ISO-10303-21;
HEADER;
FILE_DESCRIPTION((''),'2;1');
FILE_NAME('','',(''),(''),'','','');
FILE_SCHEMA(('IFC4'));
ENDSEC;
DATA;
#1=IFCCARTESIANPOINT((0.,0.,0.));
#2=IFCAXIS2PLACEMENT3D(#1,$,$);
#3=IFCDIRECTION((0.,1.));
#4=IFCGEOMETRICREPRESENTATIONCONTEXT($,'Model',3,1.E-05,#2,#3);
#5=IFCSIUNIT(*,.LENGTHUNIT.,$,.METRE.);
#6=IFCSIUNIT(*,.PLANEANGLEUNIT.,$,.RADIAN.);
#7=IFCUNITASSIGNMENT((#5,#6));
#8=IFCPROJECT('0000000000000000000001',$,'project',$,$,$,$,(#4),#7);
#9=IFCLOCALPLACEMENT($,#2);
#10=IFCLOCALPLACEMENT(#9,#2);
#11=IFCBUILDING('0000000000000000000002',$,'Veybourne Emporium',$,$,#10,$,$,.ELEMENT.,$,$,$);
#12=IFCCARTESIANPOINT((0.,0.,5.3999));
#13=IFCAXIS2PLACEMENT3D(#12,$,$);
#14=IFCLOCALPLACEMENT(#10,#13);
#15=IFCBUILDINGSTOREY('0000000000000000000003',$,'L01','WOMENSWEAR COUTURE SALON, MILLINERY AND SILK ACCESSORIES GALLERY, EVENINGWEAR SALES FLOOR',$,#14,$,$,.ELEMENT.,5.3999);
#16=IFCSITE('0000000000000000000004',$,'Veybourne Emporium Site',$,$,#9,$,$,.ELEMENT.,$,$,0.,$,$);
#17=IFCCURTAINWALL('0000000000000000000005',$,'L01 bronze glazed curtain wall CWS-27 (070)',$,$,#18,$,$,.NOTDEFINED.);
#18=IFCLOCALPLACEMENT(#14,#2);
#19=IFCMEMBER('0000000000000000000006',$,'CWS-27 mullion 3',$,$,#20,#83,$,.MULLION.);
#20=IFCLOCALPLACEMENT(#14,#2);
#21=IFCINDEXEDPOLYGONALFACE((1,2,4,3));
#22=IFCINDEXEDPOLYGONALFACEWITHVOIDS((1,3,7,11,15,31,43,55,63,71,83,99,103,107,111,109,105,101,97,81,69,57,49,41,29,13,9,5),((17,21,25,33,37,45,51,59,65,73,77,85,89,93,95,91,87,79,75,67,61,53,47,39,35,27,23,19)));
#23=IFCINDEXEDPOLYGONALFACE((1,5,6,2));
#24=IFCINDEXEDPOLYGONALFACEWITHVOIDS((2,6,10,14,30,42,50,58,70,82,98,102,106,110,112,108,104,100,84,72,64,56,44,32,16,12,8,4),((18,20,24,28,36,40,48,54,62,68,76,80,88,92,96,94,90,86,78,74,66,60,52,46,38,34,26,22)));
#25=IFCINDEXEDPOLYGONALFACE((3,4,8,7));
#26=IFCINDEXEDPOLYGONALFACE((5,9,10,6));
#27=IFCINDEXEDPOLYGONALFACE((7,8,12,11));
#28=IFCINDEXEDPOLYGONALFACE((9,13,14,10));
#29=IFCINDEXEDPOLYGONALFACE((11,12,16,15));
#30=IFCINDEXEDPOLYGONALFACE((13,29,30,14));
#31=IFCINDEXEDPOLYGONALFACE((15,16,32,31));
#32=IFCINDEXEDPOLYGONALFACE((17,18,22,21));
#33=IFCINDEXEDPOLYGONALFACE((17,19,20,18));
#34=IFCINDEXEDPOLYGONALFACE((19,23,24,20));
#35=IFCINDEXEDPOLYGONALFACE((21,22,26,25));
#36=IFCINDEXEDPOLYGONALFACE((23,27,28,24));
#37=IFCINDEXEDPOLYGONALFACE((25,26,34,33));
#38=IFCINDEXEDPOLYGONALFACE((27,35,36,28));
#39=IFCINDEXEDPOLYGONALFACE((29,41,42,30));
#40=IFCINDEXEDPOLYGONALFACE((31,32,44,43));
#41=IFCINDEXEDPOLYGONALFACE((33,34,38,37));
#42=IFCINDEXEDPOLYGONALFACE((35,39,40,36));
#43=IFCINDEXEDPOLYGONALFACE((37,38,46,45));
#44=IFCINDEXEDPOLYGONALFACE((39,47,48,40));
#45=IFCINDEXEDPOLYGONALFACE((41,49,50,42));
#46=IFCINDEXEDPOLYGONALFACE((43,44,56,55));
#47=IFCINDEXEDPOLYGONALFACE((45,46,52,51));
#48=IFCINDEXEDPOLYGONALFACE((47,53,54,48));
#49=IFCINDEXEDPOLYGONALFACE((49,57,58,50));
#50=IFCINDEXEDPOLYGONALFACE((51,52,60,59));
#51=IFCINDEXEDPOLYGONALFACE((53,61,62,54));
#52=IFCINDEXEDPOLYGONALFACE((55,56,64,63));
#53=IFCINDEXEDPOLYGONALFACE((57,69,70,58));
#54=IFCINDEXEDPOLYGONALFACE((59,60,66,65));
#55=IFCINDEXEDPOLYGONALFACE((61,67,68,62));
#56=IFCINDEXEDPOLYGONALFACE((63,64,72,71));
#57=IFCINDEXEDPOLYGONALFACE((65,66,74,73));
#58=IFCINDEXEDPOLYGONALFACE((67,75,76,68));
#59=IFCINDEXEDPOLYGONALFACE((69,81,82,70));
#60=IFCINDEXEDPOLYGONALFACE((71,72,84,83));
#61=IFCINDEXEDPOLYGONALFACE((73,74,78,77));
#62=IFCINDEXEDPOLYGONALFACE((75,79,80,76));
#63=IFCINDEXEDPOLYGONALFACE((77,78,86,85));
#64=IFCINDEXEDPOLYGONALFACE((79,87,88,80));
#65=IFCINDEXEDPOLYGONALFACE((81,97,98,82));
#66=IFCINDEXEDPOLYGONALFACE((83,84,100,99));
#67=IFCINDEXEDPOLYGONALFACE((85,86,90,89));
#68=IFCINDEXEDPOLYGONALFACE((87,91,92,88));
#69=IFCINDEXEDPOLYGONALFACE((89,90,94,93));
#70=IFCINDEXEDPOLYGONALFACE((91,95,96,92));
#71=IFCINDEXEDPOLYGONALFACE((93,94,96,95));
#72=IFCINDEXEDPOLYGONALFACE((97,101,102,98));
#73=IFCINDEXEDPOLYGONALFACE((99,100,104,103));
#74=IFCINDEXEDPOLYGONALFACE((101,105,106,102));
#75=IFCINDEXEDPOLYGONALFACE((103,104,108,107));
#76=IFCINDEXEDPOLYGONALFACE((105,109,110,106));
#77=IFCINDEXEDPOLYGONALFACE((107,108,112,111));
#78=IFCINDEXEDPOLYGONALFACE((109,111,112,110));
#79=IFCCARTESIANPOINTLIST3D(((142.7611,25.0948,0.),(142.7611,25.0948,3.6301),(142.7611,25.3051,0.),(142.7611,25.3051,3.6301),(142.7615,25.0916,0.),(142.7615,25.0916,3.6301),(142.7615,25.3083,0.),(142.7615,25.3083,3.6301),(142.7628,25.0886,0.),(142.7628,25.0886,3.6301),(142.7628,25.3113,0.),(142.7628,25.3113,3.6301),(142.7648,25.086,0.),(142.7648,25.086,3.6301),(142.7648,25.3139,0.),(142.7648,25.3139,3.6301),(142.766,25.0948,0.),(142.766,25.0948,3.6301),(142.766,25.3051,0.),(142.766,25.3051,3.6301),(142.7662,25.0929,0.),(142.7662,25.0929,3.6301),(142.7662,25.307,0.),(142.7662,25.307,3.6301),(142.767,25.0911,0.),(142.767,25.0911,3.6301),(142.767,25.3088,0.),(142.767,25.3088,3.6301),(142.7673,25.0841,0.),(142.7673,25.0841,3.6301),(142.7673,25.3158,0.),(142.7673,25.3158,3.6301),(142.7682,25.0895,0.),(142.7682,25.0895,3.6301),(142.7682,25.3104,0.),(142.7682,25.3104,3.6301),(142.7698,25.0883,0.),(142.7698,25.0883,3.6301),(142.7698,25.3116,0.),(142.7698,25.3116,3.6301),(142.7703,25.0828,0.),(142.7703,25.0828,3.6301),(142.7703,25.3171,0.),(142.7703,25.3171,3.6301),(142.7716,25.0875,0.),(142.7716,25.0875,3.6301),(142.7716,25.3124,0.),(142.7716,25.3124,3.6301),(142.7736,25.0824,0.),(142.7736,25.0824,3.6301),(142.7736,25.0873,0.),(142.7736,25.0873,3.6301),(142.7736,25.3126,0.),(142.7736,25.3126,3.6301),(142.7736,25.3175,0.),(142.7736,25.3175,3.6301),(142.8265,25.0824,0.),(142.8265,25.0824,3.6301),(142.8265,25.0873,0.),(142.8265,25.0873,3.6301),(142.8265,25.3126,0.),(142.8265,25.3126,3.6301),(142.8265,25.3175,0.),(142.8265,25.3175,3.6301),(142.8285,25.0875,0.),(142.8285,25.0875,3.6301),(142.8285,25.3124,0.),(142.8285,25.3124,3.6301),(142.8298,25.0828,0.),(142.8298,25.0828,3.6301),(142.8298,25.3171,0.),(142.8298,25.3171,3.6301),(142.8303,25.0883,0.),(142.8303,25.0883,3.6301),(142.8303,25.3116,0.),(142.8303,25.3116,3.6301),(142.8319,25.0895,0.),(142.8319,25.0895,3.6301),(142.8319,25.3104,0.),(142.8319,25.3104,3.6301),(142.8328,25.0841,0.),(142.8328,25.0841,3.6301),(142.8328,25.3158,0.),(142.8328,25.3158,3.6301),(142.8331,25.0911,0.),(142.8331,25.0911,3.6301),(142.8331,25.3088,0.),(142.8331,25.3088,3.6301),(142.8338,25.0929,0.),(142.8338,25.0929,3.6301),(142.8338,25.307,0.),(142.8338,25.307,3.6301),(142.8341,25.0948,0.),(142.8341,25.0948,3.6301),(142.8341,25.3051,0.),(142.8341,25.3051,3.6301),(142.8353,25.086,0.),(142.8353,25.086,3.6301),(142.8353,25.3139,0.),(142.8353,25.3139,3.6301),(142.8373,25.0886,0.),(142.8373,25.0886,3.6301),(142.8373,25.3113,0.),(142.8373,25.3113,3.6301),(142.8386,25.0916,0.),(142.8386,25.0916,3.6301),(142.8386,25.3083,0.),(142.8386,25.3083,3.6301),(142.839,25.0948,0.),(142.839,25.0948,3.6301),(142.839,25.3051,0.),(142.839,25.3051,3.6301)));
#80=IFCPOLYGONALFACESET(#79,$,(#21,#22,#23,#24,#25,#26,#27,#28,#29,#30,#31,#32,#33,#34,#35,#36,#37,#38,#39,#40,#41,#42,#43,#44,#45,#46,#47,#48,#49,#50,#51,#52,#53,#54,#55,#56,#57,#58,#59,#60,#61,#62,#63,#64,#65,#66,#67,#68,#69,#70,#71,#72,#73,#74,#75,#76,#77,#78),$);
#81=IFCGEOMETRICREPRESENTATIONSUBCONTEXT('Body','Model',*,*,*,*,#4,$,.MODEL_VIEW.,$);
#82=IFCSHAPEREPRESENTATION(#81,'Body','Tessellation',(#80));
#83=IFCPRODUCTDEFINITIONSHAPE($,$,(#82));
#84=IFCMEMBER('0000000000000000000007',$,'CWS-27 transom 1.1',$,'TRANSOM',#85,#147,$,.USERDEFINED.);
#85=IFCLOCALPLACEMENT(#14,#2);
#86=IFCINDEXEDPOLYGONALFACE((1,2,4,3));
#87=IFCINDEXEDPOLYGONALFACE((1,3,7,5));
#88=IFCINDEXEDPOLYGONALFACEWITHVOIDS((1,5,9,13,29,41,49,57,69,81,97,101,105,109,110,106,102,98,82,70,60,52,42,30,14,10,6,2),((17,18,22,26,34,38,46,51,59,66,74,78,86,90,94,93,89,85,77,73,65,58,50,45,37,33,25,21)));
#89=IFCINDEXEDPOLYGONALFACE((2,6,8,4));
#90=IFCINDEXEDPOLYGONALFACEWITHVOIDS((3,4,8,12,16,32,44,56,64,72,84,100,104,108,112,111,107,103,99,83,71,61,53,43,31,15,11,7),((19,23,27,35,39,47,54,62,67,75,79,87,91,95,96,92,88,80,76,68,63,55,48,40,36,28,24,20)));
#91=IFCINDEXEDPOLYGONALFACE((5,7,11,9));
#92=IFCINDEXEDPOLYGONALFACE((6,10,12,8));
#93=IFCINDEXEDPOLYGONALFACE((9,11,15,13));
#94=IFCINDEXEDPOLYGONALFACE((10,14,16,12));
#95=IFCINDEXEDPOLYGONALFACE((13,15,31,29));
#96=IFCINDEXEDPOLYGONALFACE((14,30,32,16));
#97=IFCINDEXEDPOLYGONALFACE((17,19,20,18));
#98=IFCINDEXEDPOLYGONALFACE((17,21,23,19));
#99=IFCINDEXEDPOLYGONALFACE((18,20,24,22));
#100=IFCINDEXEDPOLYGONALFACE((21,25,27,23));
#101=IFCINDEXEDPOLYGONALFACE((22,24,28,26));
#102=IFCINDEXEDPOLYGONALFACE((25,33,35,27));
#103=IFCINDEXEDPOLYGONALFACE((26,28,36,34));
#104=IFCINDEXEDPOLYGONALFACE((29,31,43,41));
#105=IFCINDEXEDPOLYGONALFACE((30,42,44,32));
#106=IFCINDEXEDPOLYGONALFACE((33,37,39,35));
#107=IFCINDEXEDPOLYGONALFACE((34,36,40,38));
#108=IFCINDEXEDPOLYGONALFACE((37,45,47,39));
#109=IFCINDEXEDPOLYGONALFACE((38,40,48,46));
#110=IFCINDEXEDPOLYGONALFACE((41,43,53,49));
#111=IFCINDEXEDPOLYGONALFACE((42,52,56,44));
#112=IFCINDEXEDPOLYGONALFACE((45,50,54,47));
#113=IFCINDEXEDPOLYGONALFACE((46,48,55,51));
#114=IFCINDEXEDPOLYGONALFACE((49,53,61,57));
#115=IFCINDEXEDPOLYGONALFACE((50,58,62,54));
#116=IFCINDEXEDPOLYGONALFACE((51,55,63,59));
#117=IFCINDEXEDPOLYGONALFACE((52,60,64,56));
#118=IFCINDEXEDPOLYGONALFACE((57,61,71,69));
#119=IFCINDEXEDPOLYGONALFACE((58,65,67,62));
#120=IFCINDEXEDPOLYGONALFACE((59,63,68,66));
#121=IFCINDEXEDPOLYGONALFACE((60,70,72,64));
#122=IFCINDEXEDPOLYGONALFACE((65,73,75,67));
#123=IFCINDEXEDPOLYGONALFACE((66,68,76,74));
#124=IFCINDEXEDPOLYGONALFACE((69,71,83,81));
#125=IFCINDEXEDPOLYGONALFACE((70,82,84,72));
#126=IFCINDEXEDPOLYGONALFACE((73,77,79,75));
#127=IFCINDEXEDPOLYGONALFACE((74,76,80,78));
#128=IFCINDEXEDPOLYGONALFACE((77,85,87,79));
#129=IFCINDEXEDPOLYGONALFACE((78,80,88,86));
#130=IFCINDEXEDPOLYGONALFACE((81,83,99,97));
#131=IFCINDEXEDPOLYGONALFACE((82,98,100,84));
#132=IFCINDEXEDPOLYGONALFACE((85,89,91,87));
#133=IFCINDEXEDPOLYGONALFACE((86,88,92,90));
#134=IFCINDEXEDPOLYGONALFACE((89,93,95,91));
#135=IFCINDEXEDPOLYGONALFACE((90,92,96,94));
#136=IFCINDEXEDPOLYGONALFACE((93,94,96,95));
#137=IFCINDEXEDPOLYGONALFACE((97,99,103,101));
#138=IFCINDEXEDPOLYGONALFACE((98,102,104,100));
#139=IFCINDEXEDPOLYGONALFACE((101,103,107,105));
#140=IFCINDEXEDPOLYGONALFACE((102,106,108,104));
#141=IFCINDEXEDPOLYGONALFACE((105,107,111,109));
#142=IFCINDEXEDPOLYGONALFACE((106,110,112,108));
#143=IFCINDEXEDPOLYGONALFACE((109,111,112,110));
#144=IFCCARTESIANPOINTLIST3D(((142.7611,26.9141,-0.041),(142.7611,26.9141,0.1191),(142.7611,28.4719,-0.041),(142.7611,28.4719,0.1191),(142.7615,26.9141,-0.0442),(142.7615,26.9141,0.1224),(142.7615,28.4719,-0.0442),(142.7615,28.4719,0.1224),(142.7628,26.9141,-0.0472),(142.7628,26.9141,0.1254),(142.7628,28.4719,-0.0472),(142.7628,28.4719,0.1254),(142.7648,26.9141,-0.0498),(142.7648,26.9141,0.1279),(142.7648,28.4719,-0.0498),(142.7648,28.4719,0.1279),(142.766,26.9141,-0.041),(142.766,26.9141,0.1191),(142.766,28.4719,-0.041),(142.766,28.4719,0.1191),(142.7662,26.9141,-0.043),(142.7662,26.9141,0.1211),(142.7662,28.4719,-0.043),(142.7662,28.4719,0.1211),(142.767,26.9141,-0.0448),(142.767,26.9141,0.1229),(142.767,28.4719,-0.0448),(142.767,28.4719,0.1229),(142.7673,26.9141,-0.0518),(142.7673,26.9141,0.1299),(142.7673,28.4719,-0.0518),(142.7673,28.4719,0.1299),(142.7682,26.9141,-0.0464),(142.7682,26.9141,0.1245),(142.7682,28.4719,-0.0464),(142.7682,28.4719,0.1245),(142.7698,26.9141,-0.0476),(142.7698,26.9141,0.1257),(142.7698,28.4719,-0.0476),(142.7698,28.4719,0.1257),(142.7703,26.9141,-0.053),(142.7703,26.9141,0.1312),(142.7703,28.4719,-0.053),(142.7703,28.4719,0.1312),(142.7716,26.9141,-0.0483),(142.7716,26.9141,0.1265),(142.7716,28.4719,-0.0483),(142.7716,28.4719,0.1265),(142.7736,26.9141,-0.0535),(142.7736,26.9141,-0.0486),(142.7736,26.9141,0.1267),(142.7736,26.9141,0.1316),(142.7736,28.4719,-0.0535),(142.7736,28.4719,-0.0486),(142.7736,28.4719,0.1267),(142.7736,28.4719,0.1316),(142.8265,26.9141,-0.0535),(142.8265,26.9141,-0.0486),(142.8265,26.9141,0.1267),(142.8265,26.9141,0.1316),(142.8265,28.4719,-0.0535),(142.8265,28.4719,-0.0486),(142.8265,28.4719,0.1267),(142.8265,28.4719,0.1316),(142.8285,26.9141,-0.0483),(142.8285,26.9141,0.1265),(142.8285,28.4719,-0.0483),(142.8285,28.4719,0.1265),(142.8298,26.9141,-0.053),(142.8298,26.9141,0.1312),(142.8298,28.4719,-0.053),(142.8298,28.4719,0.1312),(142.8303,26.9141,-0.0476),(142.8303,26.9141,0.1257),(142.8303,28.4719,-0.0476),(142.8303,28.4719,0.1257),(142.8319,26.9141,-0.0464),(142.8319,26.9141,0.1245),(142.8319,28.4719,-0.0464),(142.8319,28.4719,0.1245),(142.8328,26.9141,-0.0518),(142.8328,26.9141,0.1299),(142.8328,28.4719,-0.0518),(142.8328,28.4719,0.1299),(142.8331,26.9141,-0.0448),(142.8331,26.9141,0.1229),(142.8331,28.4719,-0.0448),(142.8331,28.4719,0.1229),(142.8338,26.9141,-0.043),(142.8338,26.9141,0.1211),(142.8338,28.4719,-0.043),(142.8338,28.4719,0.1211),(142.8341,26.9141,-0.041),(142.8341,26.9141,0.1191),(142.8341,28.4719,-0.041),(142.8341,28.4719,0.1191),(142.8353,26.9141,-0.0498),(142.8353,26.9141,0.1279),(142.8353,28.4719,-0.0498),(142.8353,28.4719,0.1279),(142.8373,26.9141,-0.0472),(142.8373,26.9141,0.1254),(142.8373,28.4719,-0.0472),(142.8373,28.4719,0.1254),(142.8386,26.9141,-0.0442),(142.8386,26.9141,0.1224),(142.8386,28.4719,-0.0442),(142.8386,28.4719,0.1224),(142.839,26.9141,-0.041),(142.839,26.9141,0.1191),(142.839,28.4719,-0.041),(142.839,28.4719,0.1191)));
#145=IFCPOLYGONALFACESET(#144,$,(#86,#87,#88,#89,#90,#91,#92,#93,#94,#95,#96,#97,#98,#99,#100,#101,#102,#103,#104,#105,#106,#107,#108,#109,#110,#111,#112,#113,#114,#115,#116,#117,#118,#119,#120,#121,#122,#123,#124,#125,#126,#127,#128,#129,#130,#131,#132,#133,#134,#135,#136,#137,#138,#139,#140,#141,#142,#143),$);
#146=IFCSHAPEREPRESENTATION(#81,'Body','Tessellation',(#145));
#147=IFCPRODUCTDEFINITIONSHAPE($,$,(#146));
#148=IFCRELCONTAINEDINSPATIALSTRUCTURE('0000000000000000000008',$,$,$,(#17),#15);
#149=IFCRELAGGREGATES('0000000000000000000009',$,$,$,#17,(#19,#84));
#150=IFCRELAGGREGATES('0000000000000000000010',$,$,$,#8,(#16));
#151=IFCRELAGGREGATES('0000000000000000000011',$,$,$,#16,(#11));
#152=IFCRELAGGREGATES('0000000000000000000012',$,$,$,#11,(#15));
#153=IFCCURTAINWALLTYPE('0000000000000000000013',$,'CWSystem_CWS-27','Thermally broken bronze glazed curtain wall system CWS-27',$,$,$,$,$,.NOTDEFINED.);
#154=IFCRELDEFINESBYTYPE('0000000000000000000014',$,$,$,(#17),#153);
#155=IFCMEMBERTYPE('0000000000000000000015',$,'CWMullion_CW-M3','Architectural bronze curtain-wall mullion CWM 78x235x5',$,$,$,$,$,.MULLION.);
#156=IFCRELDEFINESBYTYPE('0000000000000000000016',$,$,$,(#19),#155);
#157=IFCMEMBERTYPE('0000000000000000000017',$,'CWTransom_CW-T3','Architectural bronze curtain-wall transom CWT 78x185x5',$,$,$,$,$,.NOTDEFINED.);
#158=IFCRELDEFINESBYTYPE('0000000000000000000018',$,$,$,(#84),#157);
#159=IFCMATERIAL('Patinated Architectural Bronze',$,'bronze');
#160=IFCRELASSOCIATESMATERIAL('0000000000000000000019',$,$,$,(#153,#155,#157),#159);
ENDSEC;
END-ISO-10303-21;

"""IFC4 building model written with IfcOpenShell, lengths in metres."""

from ifc_helpers import new_model, si_unit, direction, frame, origin, origin_2d, place, context, subcontext, project, spatial, hollow_rectangle, extrude, material, material_profile, profile_set, type_object, element, aggregate, save


model = new_model("IFC4")

# Units and contexts
model_context = context("Model", 3, precision=1e-05, world=origin(), true_north=direction((0.0, 1.0)))
body_context = subcontext(model_context, "Body", "Model", "MODEL_VIEW")
ifc_project = project(units=[si_unit("LENGTHUNIT", "METRE"), si_unit("PLANEANGLEUNIT", "RADIAN")], contexts=[model_context])

# Site, building, storey
site_placement = place(None, origin())
site = spatial("IfcSite", under=ifc_project, at=site_placement, Name="Veybourne Emporium Site", CompositionType="ELEMENT", RefElevation=0.0)
building_placement = place(site_placement, origin())
building = spatial("IfcBuilding", under=site, at=building_placement, Name="Veybourne Emporium", CompositionType="ELEMENT")
storey_placement = place(building_placement, frame((0.0, 0.0, 5.3999)))
storey = spatial("IfcBuildingStorey", under=building, at=storey_placement, Name="L01", Description="WOMENSWEAR COUTURE SALON, MILLINERY AND SILK ACCESSORIES GALLERY, EVENINGWEAR SALES FLOOR", CompositionType="ELEMENT", Elevation=5.3999)

# Curtain wall, members
ifc_material_1 = material(Name="Patinated Architectural Bronze", Category="bronze")
curtain_wall_type = type_object("IfcCurtainWallType", Name="CWSystem_CWS-27", Description="Thermally broken bronze glazed curtain wall system CWS-27", PredefinedType="NOTDEFINED", material=ifc_material_1)
curtain_wall_placement = place(storey_placement, origin())
curtain_wall = element("IfcCurtainWall", 1, at=curtain_wall_placement, inside=storey, type_object=curtain_wall_type, Name="L01 bronze glazed curtain wall CWS-27 (070)", PredefinedType="NOTDEFINED")
ifc_material_profile_1 = material_profile(ifc_material_1, hollow_rectangle(XDim=0.0779, YDim=0.2351, WallThickness=0.0049, InnerFilletRadius=0.0076, OuterFilletRadius=0.0125, at=origin_2d()), Name="CWM 78x235x5")
ifc_profile_set_1 = profile_set([ifc_material_profile_1], Name="Patinated Architectural Bronze")
member_type_1 = type_object("IfcMemberType", Name="CWMullion_CW-M3", Description="Architectural bronze curtain-wall mullion CWM 78x235x5", PredefinedType="MULLION", material=ifc_profile_set_1)
member_1_placement = place(storey_placement, frame((142.8, 25.2, 0.0), z_axis=(0.0, 0.0, 1.0), x_axis=(1.0, 0.0, 0.0)))
member_1 = element("IfcMember", 2, at=member_1_placement, type_object=member_type_1, Name="CWS-27 mullion 3", PredefinedType="MULLION", context=body_context, shape_type="SweptSolid", body=[
    extrude(hollow_rectangle(XDim=0.0779, YDim=0.2351, WallThickness=0.0049, InnerFilletRadius=0.0076, OuterFilletRadius=0.0125, at=origin_2d()), origin(), (0.0, 0.0, 1.0), 3.6301),
])
ifc_material_profile_2 = material_profile(ifc_material_1, hollow_rectangle(XDim=0.0779, YDim=0.1851, WallThickness=0.0049, InnerFilletRadius=0.0076, OuterFilletRadius=0.0125, at=origin_2d()), Name="CWT 78x185x5")
ifc_profile_set_2 = profile_set([ifc_material_profile_2], Name="Patinated Architectural Bronze")
member_type_2 = type_object("IfcMemberType", Name="CWTransom_CW-T3", Description="Architectural bronze curtain-wall transom CWT 78x185x5", PredefinedType="NOTDEFINED", material=ifc_profile_set_2)
member_2_placement = place(storey_placement, frame((142.8, 28.4719, 0.0391), z_axis=(0.0, -1.0, 0.0), x_axis=(1.0, 0.0, 0.0)))
member_2 = element("IfcMember", 3, at=member_2_placement, type_object=member_type_2, Name="CWS-27 transom 1.1", ObjectType="TRANSOM", PredefinedType="USERDEFINED", context=body_context, shape_type="SweptSolid", body=[
    extrude(hollow_rectangle(XDim=0.0779, YDim=0.1851, WallThickness=0.0049, InnerFilletRadius=0.0076, OuterFilletRadius=0.0125, at=origin_2d()), origin(), (0.0, 0.0, 1.0), 1.5579),
])
aggregate(curtain_wall, [member_1, member_2])

save(model, "model.ifc")
